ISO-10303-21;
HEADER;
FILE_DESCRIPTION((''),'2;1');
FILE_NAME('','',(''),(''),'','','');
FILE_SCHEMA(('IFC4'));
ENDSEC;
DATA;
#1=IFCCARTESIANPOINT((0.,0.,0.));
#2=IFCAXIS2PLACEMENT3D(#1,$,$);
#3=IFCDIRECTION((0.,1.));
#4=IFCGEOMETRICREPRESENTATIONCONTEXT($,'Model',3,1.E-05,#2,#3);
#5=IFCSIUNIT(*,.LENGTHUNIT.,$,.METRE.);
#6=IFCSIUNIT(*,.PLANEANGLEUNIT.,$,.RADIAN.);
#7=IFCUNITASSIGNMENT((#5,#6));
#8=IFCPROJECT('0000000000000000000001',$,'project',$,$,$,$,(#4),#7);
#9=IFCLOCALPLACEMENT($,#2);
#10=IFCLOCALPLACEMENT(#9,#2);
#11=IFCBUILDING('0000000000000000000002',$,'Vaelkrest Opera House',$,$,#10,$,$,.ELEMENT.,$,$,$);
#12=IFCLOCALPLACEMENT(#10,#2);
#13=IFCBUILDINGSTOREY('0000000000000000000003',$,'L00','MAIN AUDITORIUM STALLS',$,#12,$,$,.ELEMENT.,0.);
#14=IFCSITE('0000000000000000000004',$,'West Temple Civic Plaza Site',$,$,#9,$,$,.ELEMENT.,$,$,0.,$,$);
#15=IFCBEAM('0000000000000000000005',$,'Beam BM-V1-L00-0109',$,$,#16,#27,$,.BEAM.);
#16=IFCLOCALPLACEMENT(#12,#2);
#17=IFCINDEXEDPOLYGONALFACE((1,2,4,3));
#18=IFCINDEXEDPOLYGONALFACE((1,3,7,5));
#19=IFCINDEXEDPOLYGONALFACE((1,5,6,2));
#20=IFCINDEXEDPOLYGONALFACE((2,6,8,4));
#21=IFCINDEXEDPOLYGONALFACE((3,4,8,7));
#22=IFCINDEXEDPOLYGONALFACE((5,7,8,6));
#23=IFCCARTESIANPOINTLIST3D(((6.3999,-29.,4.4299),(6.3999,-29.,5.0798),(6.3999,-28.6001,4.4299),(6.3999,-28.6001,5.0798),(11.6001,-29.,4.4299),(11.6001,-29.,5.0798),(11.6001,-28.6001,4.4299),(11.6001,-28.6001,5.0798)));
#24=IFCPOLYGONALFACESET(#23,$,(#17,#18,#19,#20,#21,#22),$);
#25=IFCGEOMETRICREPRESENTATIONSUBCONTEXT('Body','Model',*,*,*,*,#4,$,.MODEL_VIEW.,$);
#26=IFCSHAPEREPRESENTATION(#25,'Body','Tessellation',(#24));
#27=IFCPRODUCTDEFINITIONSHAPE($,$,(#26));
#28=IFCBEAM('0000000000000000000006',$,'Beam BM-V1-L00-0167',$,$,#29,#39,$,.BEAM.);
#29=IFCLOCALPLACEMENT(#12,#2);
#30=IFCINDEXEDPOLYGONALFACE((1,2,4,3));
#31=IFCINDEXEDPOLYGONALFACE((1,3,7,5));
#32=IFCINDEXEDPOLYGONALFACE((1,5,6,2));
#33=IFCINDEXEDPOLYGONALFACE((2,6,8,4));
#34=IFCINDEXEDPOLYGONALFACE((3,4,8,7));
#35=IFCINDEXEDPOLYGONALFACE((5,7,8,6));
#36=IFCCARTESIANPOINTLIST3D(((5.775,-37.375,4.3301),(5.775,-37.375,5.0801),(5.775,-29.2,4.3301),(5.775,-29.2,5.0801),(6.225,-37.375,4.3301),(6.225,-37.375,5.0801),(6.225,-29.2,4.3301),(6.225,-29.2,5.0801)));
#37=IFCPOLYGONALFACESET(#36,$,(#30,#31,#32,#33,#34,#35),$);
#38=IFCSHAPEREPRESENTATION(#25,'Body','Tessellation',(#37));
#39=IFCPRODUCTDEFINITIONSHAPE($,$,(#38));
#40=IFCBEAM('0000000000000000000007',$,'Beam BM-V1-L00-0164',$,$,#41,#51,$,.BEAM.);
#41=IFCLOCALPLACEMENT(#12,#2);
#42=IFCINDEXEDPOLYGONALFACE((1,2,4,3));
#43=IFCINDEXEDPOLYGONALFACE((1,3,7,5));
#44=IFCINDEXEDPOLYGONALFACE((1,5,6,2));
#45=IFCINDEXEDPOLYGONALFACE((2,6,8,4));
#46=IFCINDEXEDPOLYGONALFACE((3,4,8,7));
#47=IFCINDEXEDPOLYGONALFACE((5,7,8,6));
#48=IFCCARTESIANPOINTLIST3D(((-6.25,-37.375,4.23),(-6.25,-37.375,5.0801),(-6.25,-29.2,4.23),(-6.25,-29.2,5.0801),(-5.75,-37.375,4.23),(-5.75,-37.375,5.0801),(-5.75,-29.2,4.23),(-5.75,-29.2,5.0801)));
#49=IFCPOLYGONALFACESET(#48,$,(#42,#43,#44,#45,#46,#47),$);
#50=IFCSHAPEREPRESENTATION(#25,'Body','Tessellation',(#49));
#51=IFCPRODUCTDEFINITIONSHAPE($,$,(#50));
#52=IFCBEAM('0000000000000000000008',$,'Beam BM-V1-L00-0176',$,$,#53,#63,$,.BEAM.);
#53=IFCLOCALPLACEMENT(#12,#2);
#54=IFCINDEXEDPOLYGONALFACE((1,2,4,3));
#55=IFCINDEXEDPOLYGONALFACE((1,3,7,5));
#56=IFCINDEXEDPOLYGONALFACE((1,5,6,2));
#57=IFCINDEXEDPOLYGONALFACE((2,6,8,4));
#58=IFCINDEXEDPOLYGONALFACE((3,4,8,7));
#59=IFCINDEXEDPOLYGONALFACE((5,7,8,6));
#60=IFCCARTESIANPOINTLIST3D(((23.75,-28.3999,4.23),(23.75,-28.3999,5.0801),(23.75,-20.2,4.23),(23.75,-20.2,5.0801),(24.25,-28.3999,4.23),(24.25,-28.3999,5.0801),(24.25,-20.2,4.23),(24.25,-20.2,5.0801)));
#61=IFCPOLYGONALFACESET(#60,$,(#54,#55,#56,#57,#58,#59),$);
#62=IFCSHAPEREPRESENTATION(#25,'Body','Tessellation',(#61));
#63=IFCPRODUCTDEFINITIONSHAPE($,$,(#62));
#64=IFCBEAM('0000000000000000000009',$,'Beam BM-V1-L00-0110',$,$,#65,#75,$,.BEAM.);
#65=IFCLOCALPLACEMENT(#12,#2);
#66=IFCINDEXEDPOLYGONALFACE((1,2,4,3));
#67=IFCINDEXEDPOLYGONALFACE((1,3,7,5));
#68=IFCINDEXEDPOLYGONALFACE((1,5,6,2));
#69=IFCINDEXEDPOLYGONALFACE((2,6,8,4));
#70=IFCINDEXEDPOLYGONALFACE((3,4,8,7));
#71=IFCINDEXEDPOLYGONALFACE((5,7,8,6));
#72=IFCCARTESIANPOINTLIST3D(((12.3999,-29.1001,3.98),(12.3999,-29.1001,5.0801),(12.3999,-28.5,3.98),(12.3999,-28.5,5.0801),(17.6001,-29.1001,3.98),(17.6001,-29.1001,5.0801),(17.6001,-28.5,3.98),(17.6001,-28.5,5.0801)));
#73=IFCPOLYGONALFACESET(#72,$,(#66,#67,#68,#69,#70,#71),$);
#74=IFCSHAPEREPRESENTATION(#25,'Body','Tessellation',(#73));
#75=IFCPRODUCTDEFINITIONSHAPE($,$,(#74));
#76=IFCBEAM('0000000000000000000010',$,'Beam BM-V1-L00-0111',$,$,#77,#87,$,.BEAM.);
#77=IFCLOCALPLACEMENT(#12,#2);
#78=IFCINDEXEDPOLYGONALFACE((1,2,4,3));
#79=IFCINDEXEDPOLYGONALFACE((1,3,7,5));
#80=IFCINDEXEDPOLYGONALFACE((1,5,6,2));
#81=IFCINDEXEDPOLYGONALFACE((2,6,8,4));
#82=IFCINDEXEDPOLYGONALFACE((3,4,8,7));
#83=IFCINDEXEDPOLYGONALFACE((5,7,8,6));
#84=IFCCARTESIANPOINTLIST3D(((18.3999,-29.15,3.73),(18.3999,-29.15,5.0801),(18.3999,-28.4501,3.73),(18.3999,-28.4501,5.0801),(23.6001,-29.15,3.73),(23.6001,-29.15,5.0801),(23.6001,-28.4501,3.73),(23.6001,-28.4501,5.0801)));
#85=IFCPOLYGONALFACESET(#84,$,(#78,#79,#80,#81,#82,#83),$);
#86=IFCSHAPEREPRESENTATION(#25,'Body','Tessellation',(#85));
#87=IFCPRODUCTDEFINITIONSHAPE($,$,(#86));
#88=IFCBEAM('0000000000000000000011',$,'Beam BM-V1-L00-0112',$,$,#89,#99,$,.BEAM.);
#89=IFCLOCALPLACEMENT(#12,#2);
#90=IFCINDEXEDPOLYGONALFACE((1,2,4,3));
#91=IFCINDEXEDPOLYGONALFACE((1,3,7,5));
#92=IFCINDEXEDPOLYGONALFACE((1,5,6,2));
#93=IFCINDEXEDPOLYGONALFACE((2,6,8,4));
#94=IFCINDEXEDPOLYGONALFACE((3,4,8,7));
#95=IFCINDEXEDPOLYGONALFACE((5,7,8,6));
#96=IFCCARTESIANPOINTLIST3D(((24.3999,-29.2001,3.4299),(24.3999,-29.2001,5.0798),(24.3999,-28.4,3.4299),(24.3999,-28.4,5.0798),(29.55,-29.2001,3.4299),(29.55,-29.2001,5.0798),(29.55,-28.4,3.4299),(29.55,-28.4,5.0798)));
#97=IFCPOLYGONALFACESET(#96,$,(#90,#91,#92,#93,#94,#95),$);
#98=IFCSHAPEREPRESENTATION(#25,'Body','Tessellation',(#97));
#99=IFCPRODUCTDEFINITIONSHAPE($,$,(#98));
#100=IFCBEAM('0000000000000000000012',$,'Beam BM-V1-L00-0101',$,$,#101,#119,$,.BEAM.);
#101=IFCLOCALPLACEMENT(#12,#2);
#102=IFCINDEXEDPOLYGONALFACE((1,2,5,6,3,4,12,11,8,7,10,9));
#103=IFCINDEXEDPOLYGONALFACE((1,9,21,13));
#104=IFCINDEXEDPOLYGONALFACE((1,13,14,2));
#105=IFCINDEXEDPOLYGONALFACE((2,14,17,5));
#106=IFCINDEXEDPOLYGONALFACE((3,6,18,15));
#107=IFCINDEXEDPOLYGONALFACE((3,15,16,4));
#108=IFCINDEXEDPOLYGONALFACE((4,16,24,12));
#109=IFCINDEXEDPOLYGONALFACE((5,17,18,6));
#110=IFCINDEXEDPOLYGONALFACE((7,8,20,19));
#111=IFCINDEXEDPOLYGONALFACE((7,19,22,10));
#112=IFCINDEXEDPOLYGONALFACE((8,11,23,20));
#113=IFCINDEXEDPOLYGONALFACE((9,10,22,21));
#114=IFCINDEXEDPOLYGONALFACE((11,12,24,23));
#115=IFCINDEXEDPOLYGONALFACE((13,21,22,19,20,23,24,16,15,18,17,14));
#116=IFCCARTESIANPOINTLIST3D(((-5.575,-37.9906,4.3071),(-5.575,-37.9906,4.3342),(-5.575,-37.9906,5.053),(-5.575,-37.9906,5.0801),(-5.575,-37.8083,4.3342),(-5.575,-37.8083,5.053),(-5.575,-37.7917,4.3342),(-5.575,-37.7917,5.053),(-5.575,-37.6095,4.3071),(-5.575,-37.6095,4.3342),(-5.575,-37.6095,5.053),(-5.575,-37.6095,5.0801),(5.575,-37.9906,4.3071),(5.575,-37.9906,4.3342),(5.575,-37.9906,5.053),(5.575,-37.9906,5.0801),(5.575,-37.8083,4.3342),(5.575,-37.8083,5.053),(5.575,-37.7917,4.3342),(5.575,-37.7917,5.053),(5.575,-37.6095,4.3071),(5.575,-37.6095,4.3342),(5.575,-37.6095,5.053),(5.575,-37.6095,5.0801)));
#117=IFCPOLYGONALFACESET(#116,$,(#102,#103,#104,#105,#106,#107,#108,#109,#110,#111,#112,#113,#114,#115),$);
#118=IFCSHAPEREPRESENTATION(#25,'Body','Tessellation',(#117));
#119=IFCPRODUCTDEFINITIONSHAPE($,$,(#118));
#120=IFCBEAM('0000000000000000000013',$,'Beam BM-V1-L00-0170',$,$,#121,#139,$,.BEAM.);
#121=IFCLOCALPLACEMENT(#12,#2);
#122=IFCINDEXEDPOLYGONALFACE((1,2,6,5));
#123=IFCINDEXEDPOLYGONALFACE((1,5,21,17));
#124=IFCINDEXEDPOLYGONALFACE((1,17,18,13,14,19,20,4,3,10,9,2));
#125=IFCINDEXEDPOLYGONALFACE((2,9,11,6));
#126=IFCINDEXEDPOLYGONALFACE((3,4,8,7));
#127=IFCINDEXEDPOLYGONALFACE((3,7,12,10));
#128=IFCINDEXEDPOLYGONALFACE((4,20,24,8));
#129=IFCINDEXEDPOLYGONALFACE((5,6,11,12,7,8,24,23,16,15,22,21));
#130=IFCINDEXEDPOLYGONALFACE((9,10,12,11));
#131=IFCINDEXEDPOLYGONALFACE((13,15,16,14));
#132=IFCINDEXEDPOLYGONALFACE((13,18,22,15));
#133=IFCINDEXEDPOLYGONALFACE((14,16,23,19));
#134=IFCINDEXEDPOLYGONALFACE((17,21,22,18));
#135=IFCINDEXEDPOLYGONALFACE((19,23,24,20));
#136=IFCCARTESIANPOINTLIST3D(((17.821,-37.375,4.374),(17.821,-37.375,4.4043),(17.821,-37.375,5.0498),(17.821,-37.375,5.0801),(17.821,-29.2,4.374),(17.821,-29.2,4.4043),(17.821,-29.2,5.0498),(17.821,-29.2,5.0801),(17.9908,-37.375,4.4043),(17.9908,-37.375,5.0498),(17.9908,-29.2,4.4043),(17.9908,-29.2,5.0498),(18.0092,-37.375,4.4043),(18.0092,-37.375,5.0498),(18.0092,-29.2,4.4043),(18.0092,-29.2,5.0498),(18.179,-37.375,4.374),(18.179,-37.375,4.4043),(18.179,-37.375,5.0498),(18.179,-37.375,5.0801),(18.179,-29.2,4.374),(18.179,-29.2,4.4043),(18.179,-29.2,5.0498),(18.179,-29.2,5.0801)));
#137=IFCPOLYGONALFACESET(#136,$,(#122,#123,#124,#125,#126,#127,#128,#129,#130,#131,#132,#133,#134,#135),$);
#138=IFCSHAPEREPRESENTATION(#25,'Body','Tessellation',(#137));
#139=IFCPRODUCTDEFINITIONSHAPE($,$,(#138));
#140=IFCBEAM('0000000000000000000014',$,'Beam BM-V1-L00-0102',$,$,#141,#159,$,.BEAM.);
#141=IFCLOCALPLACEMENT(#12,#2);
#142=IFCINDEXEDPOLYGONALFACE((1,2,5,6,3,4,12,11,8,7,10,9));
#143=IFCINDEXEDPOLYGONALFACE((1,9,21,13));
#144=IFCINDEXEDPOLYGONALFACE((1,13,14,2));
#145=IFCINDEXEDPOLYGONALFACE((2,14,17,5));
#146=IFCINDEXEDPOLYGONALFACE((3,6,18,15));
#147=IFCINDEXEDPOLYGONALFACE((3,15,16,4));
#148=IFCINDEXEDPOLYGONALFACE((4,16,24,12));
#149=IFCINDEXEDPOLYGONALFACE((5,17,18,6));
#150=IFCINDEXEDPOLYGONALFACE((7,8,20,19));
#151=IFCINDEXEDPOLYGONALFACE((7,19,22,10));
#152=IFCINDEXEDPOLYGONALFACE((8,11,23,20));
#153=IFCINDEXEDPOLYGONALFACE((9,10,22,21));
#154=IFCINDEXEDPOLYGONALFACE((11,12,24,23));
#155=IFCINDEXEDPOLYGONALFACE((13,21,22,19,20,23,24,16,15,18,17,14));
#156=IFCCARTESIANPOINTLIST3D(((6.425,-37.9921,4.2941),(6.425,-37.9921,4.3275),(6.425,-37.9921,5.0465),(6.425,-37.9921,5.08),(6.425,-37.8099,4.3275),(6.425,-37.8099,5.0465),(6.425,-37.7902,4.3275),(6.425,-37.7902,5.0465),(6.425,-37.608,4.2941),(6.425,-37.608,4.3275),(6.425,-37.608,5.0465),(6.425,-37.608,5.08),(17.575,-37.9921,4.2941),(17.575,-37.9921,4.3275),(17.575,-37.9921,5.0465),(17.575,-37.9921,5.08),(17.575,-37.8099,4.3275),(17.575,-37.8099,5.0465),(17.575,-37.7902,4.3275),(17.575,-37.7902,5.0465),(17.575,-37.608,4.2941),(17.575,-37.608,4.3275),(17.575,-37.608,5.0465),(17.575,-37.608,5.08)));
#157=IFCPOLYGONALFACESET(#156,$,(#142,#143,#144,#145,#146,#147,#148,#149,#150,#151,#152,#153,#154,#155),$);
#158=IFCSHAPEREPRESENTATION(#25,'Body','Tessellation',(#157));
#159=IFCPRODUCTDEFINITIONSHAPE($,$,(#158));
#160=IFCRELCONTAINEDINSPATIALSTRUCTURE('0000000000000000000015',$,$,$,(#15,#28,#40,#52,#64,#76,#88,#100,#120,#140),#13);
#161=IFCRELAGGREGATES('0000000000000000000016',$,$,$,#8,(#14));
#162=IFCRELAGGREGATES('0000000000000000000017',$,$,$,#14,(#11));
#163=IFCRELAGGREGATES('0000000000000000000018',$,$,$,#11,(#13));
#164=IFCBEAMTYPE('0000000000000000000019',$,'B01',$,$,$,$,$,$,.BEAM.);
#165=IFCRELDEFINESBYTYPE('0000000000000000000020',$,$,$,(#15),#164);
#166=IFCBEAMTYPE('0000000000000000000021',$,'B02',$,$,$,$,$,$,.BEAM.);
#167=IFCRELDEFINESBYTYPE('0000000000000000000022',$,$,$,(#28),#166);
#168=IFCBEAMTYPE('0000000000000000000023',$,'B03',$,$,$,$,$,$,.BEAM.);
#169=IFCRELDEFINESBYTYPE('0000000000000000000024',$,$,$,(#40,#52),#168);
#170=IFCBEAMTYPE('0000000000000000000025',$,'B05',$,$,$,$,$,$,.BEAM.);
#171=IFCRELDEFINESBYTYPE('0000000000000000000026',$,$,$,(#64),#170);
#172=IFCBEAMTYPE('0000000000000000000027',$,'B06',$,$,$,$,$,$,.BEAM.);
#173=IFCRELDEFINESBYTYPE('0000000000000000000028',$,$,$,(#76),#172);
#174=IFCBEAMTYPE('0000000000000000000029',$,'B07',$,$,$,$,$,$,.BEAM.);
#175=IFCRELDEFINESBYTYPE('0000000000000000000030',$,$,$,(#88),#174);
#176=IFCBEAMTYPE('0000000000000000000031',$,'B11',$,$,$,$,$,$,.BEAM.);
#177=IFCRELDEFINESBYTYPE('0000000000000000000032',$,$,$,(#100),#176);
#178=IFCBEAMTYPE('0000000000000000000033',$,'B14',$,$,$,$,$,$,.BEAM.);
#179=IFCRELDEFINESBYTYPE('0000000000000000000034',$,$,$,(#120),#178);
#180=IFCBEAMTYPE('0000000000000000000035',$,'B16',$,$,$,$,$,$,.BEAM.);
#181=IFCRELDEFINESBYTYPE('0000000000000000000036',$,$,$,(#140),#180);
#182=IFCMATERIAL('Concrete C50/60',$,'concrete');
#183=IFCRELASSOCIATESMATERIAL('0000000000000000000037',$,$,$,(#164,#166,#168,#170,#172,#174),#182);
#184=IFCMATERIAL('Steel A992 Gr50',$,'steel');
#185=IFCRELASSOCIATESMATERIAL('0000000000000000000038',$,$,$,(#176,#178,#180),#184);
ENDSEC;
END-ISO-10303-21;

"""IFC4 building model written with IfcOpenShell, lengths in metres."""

from ifc_helpers import new_model, si_unit, direction, frame, origin, origin_2d, place, context, subcontext, project, spatial, rectangle, i_section, extrude, material, material_profile, profile_set, type_object, element, save


model = new_model("IFC4")

# Units and contexts
model_context = context("Model", 3, precision=1e-05, world=origin(), true_north=direction((0.0, 1.0)))
body_context = subcontext(model_context, "Body", "Model", "MODEL_VIEW")
ifc_project = project(units=[si_unit("LENGTHUNIT", "METRE"), si_unit("PLANEANGLEUNIT", "RADIAN")], contexts=[model_context])

# Site, building, storey
site_placement = place(None, origin())
site = spatial("IfcSite", under=ifc_project, at=site_placement, Name="West Temple Civic Plaza Site", CompositionType="ELEMENT", RefElevation=0.0)
building_placement = place(site_placement, origin())
building = spatial("IfcBuilding", under=site, at=building_placement, Name="Vaelkrest Opera House", CompositionType="ELEMENT")
storey_placement = place(building_placement, origin())
storey = spatial("IfcBuildingStorey", under=building, at=storey_placement, Name="L00", Description="MAIN AUDITORIUM STALLS", CompositionType="ELEMENT", Elevation=0.0)

# Shared definitions
ifc_material_1 = material(Name="Concrete C50/60", Category="concrete")

# Beams
ifc_material_profile_1 = material_profile(ifc_material_1, rectangle(XDim=0.3999, YDim=0.6499, at=origin_2d()), Name="RCB400X650")
ifc_profile_set_1 = profile_set([ifc_material_profile_1], Name="Concrete C50/60")
beam_type_1 = type_object("IfcBeamType", Name="B01", PredefinedType="BEAM", material=ifc_profile_set_1)
beam_1_placement = place(storey_placement, frame((6.3999, -28.8, 4.7549), z_axis=(1.0, 0.0, 0.0), x_axis=(0.0, 1.0, 0.0)))
element("IfcBeam", 1, at=beam_1_placement, inside=storey, type_object=beam_type_1, Name="Beam BM-V1-L00-0109", PredefinedType="BEAM", context=body_context, shape_type="SweptSolid", body=[
    extrude(rectangle(XDim=0.3999, YDim=0.6499, at=origin_2d()), origin(), (0.0, 0.0, 1.0), 5.2002),
])
ifc_material_profile_2 = material_profile(ifc_material_1, rectangle(XDim=0.45, YDim=0.75, at=origin_2d()), Name="RCB450X750")
ifc_profile_set_2 = profile_set([ifc_material_profile_2], Name="Concrete C50/60")
beam_type_2 = type_object("IfcBeamType", Name="B02", PredefinedType="BEAM", material=ifc_profile_set_2)
beam_2_placement = place(storey_placement, frame((6.0, -37.375, 4.7051), z_axis=(0.0, 1.0, 0.0), x_axis=(-1.0, 0.0, 0.0)))
element("IfcBeam", 2, at=beam_2_placement, inside=storey, type_object=beam_type_2, Name="Beam BM-V1-L00-0167", PredefinedType="BEAM", context=body_context, shape_type="SweptSolid", body=[
    extrude(rectangle(XDim=0.45, YDim=0.75, at=origin_2d()), origin(), (0.0, 0.0, 1.0), 8.175),
])
ifc_material_profile_3 = material_profile(ifc_material_1, rectangle(XDim=0.5, YDim=0.8501, at=origin_2d()), Name="RCB500X850")
ifc_profile_set_3 = profile_set([ifc_material_profile_3], Name="Concrete C50/60")
beam_type_3 = type_object("IfcBeamType", Name="B03", PredefinedType="BEAM", material=ifc_profile_set_3)
beam_3_placement = place(storey_placement, frame((-6.0, -37.375, 4.655), z_axis=(0.0, 1.0, 0.0), x_axis=(-1.0, 0.0, 0.0)))
element("IfcBeam", 3, at=beam_3_placement, inside=storey, type_object=beam_type_3, Name="Beam BM-V1-L00-0164", PredefinedType="BEAM", context=body_context, shape_type="SweptSolid", body=[
    extrude(rectangle(XDim=0.5, YDim=0.8501, at=origin_2d()), origin(), (0.0, 0.0, 1.0), 8.175),
])
beam_4_placement = place(storey_placement, frame((24.0, -28.3999, 4.655), z_axis=(0.0, 1.0, 0.0), x_axis=(-1.0, 0.0, 0.0)))
element("IfcBeam", 4, at=beam_4_placement, inside=storey, type_object=beam_type_3, Name="Beam BM-V1-L00-0176", PredefinedType="BEAM", context=body_context, shape_type="SweptSolid", body=[
    extrude(rectangle(XDim=0.5, YDim=0.8501, at=origin_2d()), origin(), (0.0, 0.0, 1.0), 8.2),
])
ifc_material_profile_4 = material_profile(ifc_material_1, rectangle(XDim=0.6001, YDim=1.1001, at=origin_2d()), Name="RCB600X1100")
ifc_profile_set_4 = profile_set([ifc_material_profile_4], Name="Concrete C50/60")
beam_type_4 = type_object("IfcBeamType", Name="B05", PredefinedType="BEAM", material=ifc_profile_set_4)
beam_5_placement = place(storey_placement, frame((12.3999, -28.8, 4.53), z_axis=(1.0, 0.0, 0.0), x_axis=(0.0, 1.0, 0.0)))
element("IfcBeam", 5, at=beam_5_placement, inside=storey, type_object=beam_type_4, Name="Beam BM-V1-L00-0110", PredefinedType="BEAM", context=body_context, shape_type="SweptSolid", body=[
    extrude(rectangle(XDim=0.6001, YDim=1.1001, at=origin_2d()), origin(), (0.0, 0.0, 1.0), 5.2002),
])
ifc_material_profile_5 = material_profile(ifc_material_1, rectangle(XDim=0.7, YDim=1.3501, at=origin_2d()), Name="RCB700X1350")
ifc_profile_set_5 = profile_set([ifc_material_profile_5], Name="Concrete C50/60")
beam_type_5 = type_object("IfcBeamType", Name="B06", PredefinedType="BEAM", material=ifc_profile_set_5)
beam_6_placement = place(storey_placement, frame((18.3999, -28.8, 4.405), z_axis=(1.0, 0.0, 0.0), x_axis=(0.0, 1.0, 0.0)))
element("IfcBeam", 6, at=beam_6_placement, inside=storey, type_object=beam_type_5, Name="Beam BM-V1-L00-0111", PredefinedType="BEAM", context=body_context, shape_type="SweptSolid", body=[
    extrude(rectangle(XDim=0.7, YDim=1.3501, at=origin_2d()), origin(), (0.0, 0.0, 1.0), 5.2002),
])
ifc_material_profile_6 = material_profile(ifc_material_1, rectangle(XDim=0.8, YDim=1.6499, at=origin_2d()), Name="RCB800X1650")
ifc_profile_set_6 = profile_set([ifc_material_profile_6], Name="Concrete C50/60")
beam_type_6 = type_object("IfcBeamType", Name="B07", PredefinedType="BEAM", material=ifc_profile_set_6)
beam_7_placement = place(storey_placement, frame((24.3999, -28.8, 4.2549), z_axis=(1.0, 0.0, 0.0), x_axis=(0.0, 1.0, 0.0)))
element("IfcBeam", 7, at=beam_7_placement, inside=storey, type_object=beam_type_6, Name="Beam BM-V1-L00-0112", PredefinedType="BEAM", context=body_context, shape_type="SweptSolid", body=[
    extrude(rectangle(XDim=0.8, YDim=1.6499, at=origin_2d()), origin(), (0.0, 0.0, 1.0), 5.1501),
])
ifc_material_2 = material(Name="Steel A992 Gr50", Category="steel")
ifc_material_profile_7 = material_profile(ifc_material_2, i_section(OverallWidth=0.3811, OverallDepth=0.7729, WebThickness=0.0166, FlangeThickness=0.0271, at=origin_2d()), Name="W30X173")
ifc_profile_set_7 = profile_set([ifc_material_profile_7], Name="Steel A992 Gr50")
beam_type_7 = type_object("IfcBeamType", Name="B11", PredefinedType="BEAM", material=ifc_profile_set_7)
beam_8_placement = place(storey_placement, frame((-5.575, -37.8, 4.6936), z_axis=(1.0, 0.0, 0.0), x_axis=(0.0, 1.0, 0.0)))
element("IfcBeam", 8, at=beam_8_placement, inside=storey, type_object=beam_type_7, Name="Beam BM-V1-L00-0101", PredefinedType="BEAM", context=body_context, shape_type="SweptSolid", body=[
    extrude(i_section(OverallWidth=0.3811, OverallDepth=0.7729, WebThickness=0.0166, FlangeThickness=0.0271, at=origin_2d()), origin(), (0.0, 0.0, 1.0), 11.1499),
])
ifc_material_profile_8 = material_profile(ifc_material_2, i_section(OverallWidth=0.3579, OverallDepth=0.7061, WebThickness=0.0183, FlangeThickness=0.0303, at=origin_2d()), Name="W27X178")
ifc_profile_set_8 = profile_set([ifc_material_profile_8], Name="Steel A992 Gr50")
beam_type_8 = type_object("IfcBeamType", Name="B14", PredefinedType="BEAM", material=ifc_profile_set_8)
beam_9_placement = place(storey_placement, frame((18.0, -37.375, 4.7271), z_axis=(0.0, 1.0, 0.0), x_axis=(-1.0, 0.0, 0.0)))
element("IfcBeam", 9, at=beam_9_placement, inside=storey, type_object=beam_type_8, Name="Beam BM-V1-L00-0170", PredefinedType="BEAM", context=body_context, shape_type="SweptSolid", body=[
    extrude(i_section(OverallWidth=0.3579, OverallDepth=0.7061, WebThickness=0.0183, FlangeThickness=0.0303, at=origin_2d()), origin(), (0.0, 0.0, 1.0), 8.175),
])
ifc_material_profile_9 = material_profile(ifc_material_2, i_section(OverallWidth=0.384, OverallDepth=0.7859, WebThickness=0.0198, FlangeThickness=0.0334, at=origin_2d()), Name="W30X211")
ifc_profile_set_9 = profile_set([ifc_material_profile_9], Name="Steel A992 Gr50")
beam_type_9 = type_object("IfcBeamType", Name="B16", PredefinedType="BEAM", material=ifc_profile_set_9)
beam_10_placement = place(storey_placement, frame((6.425, -37.8, 4.687), z_axis=(1.0, 0.0, 0.0), x_axis=(0.0, 1.0, 0.0)))
element("IfcBeam", 10, at=beam_10_placement, inside=storey, type_object=beam_type_9, Name="Beam BM-V1-L00-0102", PredefinedType="BEAM", context=body_context, shape_type="SweptSolid", body=[
    extrude(i_section(OverallWidth=0.384, OverallDepth=0.7859, WebThickness=0.0198, FlangeThickness=0.0334, at=origin_2d()), origin(), (0.0, 0.0, 1.0), 11.1499),
])

save(model, "model.ifc")
